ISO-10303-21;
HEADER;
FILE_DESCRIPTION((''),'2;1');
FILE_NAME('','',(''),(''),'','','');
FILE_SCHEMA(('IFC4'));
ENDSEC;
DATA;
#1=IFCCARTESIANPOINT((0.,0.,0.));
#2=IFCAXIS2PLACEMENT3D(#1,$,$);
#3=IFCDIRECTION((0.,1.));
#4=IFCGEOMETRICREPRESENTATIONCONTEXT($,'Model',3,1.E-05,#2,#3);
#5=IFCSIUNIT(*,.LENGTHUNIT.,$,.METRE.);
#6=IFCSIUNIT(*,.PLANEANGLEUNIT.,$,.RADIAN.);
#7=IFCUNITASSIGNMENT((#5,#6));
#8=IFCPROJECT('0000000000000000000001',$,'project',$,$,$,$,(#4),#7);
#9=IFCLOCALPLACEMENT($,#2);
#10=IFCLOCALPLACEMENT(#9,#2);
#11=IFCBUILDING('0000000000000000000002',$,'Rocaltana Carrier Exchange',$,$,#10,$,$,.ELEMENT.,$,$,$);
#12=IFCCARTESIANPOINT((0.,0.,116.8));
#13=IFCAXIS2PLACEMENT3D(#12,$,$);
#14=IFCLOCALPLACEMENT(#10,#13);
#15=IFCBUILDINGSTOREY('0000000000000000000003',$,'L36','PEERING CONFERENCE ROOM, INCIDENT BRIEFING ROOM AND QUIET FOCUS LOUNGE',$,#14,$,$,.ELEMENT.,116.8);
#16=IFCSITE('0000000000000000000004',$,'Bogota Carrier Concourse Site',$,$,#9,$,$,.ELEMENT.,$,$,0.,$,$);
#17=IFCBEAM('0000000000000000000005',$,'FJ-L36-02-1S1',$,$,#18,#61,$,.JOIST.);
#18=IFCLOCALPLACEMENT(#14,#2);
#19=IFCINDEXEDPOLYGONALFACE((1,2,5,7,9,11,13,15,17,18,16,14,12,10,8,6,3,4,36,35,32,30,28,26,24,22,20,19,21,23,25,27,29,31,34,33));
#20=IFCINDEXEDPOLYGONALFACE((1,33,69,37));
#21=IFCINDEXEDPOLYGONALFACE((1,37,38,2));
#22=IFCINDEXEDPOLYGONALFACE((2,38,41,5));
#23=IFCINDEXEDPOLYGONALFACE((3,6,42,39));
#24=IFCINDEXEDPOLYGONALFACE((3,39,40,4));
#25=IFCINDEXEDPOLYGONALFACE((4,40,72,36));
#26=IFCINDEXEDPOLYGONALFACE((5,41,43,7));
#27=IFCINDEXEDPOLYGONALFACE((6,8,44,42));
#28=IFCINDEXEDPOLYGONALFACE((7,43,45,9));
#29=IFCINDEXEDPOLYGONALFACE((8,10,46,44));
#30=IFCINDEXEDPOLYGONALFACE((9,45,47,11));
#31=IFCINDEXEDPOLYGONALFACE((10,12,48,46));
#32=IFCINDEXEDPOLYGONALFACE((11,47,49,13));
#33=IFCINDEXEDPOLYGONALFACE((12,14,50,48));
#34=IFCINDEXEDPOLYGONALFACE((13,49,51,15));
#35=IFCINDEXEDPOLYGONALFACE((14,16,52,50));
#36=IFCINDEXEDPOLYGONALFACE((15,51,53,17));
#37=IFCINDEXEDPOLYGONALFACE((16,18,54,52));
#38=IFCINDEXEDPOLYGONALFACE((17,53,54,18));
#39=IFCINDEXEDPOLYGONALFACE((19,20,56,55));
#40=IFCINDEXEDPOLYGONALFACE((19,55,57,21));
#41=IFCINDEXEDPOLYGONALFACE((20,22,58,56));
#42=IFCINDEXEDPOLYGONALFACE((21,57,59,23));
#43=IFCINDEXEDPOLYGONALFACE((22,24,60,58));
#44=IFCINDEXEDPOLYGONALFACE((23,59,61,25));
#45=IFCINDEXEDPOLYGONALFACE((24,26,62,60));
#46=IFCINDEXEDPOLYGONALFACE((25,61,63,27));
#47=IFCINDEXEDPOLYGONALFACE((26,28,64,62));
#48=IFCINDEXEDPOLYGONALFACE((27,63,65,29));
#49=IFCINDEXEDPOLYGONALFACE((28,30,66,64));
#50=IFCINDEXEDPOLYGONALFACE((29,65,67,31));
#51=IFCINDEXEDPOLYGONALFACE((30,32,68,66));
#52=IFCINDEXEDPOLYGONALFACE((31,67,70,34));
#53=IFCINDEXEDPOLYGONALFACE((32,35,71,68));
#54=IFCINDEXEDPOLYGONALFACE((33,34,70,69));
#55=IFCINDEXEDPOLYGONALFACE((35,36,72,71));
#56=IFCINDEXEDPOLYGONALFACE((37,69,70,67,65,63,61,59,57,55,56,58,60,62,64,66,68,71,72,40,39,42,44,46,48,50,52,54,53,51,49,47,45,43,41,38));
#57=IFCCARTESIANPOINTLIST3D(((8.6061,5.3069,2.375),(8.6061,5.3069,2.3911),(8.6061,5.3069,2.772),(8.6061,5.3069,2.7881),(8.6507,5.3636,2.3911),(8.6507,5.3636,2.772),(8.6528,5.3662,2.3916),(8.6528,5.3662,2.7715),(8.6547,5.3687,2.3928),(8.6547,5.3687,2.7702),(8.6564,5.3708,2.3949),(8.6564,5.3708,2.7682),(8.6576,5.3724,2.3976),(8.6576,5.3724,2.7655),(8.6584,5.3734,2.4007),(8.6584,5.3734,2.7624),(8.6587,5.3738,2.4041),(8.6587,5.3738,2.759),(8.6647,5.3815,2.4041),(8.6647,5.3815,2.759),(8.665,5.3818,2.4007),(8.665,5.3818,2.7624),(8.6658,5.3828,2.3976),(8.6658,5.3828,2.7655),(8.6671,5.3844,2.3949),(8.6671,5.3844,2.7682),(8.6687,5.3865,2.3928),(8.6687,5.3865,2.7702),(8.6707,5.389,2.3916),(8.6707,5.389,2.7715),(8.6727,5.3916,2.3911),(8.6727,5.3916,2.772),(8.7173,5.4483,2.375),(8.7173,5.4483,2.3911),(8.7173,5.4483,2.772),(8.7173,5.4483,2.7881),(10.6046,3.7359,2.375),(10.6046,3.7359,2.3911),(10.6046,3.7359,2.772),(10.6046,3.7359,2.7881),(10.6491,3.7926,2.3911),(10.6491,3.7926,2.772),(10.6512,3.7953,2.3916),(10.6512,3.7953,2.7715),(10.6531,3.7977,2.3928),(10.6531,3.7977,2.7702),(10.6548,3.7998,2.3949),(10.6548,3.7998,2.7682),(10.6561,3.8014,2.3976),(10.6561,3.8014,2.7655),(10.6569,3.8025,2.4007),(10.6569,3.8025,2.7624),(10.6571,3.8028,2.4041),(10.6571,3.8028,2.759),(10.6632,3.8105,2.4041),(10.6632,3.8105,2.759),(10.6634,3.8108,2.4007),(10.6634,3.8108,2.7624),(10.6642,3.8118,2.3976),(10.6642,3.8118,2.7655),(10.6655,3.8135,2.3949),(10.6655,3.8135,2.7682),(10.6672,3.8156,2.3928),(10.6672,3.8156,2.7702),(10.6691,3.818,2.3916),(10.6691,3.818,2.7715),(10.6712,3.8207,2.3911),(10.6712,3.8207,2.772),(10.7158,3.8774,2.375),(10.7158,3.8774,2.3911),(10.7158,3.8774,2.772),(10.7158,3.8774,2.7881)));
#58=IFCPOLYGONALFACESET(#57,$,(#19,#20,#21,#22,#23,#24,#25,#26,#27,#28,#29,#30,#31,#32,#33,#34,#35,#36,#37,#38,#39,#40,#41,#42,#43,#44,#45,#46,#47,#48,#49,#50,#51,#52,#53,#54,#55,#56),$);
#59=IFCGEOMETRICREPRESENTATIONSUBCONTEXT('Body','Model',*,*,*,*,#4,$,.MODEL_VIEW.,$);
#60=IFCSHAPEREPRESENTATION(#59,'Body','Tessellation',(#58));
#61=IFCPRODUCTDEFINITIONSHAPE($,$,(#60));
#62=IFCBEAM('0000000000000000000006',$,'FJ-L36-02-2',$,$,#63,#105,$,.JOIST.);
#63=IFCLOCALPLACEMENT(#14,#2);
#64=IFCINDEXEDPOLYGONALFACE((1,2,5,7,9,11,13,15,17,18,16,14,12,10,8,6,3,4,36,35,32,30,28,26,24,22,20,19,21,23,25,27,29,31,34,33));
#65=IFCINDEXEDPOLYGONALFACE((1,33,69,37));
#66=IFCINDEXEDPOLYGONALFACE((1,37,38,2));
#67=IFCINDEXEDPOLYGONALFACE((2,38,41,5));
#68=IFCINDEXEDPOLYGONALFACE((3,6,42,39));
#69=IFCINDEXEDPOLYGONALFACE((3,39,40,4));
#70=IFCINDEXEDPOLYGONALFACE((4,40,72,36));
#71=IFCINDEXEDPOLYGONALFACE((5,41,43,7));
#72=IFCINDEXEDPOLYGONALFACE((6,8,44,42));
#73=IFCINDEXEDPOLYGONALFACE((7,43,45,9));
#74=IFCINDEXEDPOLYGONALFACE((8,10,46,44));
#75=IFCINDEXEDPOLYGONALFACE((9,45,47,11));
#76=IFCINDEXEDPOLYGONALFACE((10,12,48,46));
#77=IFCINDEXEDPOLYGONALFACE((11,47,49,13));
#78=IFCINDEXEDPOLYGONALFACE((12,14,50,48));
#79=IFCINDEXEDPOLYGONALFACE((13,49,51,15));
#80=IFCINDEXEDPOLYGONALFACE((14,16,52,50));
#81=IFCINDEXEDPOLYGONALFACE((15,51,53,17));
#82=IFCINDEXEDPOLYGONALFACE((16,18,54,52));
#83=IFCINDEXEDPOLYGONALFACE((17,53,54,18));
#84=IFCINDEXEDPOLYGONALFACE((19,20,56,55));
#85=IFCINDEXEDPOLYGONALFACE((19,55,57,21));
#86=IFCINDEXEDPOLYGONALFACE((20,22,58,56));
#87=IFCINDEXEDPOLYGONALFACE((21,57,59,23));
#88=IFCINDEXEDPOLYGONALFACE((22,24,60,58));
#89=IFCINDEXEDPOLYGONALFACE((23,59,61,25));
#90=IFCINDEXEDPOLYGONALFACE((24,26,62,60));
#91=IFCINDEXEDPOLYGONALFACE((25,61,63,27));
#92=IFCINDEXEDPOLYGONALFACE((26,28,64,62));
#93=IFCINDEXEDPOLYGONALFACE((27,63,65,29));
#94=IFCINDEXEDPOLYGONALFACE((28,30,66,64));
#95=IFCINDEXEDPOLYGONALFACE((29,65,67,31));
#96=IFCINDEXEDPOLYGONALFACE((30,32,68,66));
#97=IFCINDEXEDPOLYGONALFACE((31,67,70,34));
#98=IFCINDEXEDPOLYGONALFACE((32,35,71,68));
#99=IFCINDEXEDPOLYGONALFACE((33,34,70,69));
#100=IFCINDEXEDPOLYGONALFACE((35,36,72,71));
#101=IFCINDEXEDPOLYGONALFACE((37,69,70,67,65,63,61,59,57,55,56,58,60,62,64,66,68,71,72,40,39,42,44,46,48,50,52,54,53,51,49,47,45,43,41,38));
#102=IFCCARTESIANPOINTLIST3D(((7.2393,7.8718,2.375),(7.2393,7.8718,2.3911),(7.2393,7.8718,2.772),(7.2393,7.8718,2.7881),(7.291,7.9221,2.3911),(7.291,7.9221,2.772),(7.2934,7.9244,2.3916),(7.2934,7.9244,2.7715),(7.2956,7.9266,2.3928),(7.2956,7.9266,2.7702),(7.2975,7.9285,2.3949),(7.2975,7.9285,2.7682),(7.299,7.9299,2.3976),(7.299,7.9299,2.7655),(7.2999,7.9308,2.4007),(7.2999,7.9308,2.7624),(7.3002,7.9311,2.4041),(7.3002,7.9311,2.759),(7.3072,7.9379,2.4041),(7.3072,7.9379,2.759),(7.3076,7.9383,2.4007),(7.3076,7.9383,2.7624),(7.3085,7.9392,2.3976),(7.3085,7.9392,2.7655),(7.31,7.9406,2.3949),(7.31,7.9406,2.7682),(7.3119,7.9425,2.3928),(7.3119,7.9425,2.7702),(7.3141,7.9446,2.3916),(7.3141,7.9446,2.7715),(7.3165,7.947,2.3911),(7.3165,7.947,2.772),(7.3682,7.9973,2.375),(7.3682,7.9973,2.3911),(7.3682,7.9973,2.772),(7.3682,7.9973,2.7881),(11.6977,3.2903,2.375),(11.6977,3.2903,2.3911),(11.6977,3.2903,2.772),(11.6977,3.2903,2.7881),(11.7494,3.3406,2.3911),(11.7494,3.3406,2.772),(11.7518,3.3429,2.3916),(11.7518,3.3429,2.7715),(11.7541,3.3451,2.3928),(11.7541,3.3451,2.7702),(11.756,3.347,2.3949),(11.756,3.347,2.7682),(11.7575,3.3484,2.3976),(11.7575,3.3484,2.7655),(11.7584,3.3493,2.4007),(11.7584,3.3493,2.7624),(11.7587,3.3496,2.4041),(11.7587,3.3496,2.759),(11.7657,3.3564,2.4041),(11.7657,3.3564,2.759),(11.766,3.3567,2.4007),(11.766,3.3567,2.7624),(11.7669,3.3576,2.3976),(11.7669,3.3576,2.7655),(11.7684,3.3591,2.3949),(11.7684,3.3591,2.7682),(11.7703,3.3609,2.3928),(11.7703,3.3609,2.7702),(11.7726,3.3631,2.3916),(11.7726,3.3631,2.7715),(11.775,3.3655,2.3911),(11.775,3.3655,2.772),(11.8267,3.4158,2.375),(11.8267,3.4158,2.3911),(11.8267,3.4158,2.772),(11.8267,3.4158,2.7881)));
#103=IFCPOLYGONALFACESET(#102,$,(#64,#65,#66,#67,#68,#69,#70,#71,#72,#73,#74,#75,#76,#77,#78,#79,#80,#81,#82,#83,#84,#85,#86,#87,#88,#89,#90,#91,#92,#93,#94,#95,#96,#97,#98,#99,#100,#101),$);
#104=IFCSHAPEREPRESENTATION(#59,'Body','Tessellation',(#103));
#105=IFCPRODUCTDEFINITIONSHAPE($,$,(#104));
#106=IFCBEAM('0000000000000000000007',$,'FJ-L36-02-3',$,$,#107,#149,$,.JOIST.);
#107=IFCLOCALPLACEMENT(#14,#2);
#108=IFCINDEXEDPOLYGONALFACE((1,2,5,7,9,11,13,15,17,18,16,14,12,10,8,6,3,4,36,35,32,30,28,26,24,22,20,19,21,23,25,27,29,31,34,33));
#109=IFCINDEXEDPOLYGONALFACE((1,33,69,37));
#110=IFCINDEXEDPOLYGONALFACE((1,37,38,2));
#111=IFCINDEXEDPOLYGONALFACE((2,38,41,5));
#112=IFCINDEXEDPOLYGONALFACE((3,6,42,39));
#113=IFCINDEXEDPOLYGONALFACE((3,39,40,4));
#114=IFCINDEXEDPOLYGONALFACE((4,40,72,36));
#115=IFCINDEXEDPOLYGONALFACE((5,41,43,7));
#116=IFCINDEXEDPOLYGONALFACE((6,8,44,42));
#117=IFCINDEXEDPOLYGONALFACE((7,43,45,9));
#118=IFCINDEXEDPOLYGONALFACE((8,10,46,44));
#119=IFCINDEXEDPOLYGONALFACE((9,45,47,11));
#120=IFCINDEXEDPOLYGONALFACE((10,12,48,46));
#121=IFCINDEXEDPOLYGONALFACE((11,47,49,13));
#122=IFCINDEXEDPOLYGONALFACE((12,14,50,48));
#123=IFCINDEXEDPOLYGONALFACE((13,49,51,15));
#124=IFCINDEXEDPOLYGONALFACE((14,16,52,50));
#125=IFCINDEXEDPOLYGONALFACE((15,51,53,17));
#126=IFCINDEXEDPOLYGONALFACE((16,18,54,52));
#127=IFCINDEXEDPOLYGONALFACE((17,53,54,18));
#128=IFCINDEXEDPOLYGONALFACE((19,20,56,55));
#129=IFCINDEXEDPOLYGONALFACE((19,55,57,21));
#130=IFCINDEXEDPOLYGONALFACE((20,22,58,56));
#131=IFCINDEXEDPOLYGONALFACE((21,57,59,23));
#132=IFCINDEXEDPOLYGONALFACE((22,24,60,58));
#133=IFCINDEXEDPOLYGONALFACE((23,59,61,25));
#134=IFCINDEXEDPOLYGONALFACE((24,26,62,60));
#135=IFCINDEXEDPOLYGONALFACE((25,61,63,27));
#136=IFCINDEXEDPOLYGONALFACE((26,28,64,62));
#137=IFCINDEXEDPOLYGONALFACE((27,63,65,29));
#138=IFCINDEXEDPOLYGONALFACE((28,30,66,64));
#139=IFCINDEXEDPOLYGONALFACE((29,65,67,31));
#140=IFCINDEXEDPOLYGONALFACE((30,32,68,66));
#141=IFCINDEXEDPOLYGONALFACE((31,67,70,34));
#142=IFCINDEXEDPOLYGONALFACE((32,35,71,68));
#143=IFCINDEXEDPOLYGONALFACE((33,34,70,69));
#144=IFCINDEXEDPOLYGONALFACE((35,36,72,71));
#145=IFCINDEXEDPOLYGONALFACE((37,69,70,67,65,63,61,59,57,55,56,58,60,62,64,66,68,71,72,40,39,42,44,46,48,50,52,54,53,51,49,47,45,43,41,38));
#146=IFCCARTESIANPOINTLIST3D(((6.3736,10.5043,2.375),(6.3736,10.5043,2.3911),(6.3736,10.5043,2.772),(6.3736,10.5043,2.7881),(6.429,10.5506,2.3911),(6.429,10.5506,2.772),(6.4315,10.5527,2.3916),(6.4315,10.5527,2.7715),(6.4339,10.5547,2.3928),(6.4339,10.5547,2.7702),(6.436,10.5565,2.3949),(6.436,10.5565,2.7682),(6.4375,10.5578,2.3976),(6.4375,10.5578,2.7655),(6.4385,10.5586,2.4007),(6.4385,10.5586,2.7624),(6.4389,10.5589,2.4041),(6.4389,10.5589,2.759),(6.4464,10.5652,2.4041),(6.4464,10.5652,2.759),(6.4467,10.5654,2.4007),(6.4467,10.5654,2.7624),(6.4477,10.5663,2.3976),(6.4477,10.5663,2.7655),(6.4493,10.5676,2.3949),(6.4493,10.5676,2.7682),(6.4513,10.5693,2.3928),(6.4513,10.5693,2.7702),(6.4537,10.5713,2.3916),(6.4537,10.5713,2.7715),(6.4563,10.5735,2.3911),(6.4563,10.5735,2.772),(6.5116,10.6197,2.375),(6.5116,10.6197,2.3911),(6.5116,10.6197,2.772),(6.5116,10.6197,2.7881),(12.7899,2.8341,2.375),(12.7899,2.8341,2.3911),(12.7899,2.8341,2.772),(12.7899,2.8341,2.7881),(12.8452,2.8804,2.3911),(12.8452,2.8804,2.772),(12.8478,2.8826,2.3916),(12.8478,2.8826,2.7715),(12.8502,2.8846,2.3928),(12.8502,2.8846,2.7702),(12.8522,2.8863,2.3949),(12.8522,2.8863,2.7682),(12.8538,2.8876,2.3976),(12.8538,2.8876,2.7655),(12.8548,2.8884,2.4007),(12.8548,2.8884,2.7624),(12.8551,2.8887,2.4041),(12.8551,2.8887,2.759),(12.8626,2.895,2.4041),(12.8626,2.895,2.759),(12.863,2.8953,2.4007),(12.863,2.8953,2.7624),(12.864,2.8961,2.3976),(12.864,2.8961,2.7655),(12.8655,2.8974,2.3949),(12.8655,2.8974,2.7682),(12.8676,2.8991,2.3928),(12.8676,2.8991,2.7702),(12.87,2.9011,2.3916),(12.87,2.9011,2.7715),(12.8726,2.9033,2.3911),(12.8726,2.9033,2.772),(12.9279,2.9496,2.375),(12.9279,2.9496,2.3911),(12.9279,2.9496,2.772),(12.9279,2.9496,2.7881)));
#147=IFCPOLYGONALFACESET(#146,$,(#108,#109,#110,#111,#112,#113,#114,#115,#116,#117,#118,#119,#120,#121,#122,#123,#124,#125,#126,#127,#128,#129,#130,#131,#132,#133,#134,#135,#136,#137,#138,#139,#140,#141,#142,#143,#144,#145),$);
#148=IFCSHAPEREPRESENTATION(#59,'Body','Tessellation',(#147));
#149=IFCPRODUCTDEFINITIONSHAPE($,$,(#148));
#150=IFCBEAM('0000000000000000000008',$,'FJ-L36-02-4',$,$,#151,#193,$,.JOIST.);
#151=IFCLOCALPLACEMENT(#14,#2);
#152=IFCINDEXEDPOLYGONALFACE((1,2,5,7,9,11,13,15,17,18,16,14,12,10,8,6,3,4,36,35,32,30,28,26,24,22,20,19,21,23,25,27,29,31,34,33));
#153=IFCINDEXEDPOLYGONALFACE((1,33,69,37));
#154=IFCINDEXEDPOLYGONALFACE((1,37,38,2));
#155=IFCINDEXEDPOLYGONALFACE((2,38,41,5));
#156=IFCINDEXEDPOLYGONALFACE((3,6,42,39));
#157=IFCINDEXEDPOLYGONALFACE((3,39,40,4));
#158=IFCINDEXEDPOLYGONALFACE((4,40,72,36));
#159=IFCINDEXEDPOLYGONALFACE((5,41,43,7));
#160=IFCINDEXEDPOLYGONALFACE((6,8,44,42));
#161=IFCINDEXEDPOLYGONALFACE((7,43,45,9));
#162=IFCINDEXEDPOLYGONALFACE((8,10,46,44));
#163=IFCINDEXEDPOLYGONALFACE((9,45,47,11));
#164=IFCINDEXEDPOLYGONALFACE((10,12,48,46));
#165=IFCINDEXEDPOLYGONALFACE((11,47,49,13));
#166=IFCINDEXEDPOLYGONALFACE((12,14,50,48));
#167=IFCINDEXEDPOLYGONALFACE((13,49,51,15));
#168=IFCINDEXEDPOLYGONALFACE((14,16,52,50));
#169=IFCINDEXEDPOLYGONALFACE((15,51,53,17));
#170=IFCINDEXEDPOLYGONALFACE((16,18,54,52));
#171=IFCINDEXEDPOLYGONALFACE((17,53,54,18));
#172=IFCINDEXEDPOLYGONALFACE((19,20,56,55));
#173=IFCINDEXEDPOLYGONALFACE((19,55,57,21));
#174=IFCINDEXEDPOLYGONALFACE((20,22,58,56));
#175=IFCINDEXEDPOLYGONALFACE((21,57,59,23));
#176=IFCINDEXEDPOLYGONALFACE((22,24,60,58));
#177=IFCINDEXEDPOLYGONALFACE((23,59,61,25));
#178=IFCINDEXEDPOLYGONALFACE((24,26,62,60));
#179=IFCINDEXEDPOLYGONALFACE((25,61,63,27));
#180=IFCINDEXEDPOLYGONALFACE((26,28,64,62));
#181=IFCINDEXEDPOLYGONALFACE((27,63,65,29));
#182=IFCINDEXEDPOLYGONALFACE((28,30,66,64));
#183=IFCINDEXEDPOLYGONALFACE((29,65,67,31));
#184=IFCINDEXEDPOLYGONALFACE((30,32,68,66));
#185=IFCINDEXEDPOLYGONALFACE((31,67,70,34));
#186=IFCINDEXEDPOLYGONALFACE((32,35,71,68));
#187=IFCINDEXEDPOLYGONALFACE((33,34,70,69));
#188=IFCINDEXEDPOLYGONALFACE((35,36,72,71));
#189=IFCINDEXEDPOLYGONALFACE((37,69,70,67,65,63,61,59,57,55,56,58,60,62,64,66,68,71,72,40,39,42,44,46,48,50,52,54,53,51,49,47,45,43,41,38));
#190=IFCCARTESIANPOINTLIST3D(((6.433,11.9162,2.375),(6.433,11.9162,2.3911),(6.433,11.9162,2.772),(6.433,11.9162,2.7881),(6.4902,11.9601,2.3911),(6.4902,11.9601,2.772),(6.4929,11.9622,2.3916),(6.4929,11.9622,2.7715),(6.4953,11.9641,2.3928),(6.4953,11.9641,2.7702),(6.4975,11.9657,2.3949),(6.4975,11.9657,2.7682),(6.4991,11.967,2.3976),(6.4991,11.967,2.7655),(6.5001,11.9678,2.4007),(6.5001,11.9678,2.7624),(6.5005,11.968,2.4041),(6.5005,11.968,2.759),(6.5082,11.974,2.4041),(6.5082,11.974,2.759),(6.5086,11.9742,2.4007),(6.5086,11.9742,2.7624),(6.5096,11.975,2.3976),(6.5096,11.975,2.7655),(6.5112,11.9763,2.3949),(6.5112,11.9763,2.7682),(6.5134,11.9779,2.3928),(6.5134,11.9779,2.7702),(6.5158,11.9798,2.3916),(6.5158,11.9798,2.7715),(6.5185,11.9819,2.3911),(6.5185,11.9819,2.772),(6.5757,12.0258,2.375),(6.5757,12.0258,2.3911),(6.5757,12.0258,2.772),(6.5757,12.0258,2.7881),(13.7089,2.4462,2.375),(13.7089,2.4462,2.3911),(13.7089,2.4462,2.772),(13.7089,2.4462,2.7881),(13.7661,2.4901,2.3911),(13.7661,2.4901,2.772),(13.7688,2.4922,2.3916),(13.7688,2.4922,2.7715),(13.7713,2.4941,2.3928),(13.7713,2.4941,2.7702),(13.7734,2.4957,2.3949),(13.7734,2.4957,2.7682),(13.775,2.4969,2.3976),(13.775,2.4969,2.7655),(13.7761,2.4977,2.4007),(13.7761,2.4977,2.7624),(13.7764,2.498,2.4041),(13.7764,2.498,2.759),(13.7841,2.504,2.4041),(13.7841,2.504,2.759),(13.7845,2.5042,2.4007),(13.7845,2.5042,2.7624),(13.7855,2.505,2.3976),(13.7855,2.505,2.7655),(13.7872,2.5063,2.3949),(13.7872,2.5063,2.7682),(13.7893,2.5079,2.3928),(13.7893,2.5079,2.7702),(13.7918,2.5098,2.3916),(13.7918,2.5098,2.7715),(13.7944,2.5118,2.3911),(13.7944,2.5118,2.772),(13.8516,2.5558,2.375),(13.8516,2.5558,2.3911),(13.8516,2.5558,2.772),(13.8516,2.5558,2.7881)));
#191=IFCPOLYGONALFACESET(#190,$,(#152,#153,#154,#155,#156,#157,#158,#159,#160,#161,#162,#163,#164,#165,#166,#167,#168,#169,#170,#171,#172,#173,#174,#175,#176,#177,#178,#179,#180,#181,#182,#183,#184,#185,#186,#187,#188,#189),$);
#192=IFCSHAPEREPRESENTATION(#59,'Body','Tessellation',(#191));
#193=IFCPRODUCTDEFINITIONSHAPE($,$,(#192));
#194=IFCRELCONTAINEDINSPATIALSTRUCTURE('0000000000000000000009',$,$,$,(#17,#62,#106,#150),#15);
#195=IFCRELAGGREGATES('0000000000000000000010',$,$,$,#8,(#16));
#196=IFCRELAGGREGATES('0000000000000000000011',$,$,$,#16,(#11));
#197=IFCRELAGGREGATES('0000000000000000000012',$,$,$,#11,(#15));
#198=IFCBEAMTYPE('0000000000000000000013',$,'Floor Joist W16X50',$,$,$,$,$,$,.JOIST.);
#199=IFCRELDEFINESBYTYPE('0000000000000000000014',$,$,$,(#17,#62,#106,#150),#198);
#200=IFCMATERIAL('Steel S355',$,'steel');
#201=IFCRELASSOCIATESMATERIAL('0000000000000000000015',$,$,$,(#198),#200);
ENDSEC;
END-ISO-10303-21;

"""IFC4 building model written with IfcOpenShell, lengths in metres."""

from ifc_helpers import new_model, si_unit, direction, frame, origin, origin_2d, place, context, subcontext, project, spatial, i_section, extrude, material, material_profile, profile_set, type_object, element, save


model = new_model("IFC4")

# Units and contexts
model_context = context("Model", 3, precision=1e-05, world=origin(), true_north=direction((0.0, 1.0)))
body_context = subcontext(model_context, "Body", "Model", "MODEL_VIEW")
ifc_project = project(units=[si_unit("LENGTHUNIT", "METRE"), si_unit("PLANEANGLEUNIT", "RADIAN")], contexts=[model_context])

# Site, building, storey
site_placement = place(None, origin())
site = spatial("IfcSite", under=ifc_project, at=site_placement, Name="Bogota Carrier Concourse Site", CompositionType="ELEMENT", RefElevation=0.0)
building_placement = place(site_placement, origin())
building = spatial("IfcBuilding", under=site, at=building_placement, Name="Rocaltana Carrier Exchange", CompositionType="ELEMENT")
storey_placement = place(building_placement, frame((0.0, 0.0, 116.8)))
storey = spatial("IfcBuildingStorey", under=building, at=storey_placement, Name="L36", Description="PEERING CONFERENCE ROOM, INCIDENT BRIEFING ROOM AND QUIET FOCUS LOUNGE", CompositionType="ELEMENT", Elevation=116.8)

# Beams
ifc_material_1 = material(Name="Steel S355", Category="steel")
ifc_material_profile_1 = material_profile(ifc_material_1, i_section(OverallWidth=0.1799, OverallDepth=0.4131, WebThickness=0.0098, FlangeThickness=0.0161, FilletRadius=0.0129, at=origin_2d()), Name="W16X50")
ifc_profile_set_1 = profile_set([ifc_material_profile_1], Name="Steel S355")
beam_type_1 = type_object("IfcBeamType", Name="Floor Joist W16X50", PredefinedType="JOIST", material=ifc_profile_set_1)
beam_1_placement = place(storey_placement, frame((10.6602, 3.8066, 2.5815), z_axis=(-0.786172, 0.618008, 0.0), x_axis=(-0.618008, -0.786172, 0.0)))
element("IfcBeam", 1, at=beam_1_placement, inside=storey, type_object=beam_type_1, Name="FJ-L36-02-1S1", PredefinedType="JOIST", context=body_context, shape_type="SweptSolid", body=[
    extrude(i_section(OverallWidth=0.1799, OverallDepth=0.4131, WebThickness=0.0098, FlangeThickness=0.0161, FilletRadius=0.0129, at=origin_2d()), origin(), (0.0, 0.0, 1.0), 2.542),
])
beam_2_placement = place(storey_placement, frame((11.7622, 3.353, 2.5815), z_axis=(-0.697418, 0.716665, 0.0), x_axis=(-0.716665, -0.697418, 0.0)))
element("IfcBeam", 2, at=beam_2_placement, inside=storey, type_object=beam_type_1, Name="FJ-L36-02-2", PredefinedType="JOIST", context=body_context, shape_type="SweptSolid", body=[
    extrude(i_section(OverallWidth=0.1799, OverallDepth=0.4131, WebThickness=0.0098, FlangeThickness=0.0161, FilletRadius=0.0129, at=origin_2d()), origin(), (0.0, 0.0, 1.0), 6.3928),
])
beam_3_placement = place(storey_placement, frame((12.8589, 2.8918, 2.5815), z_axis=(-0.641627, 0.767017, 0.0), x_axis=(-0.767017, -0.641627, 0.0)))
element("IfcBeam", 3, at=beam_3_placement, inside=storey, type_object=beam_type_1, Name="FJ-L36-02-3", PredefinedType="JOIST", context=body_context, shape_type="SweptSolid", body=[
    extrude(i_section(OverallWidth=0.1799, OverallDepth=0.4131, WebThickness=0.0098, FlangeThickness=0.0161, FilletRadius=0.0129, at=origin_2d()), origin(), (0.0, 0.0, 1.0), 10.0),
])
beam_4_placement = place(storey_placement, frame((13.7803, 2.501, 2.5815), z_axis=(-0.609252, 0.792976, 0.0), x_axis=(-0.792976, -0.609252, 0.0)))
element("IfcBeam", 4, at=beam_4_placement, inside=storey, type_object=beam_type_1, Name="FJ-L36-02-4", PredefinedType="JOIST", context=body_context, shape_type="SweptSolid", body=[
    extrude(i_section(OverallWidth=0.1799, OverallDepth=0.4131, WebThickness=0.0098, FlangeThickness=0.0161, FilletRadius=0.0129, at=origin_2d()), origin(), (0.0, 0.0, 1.0), 11.9424),
])

save(model, "model.ifc")
